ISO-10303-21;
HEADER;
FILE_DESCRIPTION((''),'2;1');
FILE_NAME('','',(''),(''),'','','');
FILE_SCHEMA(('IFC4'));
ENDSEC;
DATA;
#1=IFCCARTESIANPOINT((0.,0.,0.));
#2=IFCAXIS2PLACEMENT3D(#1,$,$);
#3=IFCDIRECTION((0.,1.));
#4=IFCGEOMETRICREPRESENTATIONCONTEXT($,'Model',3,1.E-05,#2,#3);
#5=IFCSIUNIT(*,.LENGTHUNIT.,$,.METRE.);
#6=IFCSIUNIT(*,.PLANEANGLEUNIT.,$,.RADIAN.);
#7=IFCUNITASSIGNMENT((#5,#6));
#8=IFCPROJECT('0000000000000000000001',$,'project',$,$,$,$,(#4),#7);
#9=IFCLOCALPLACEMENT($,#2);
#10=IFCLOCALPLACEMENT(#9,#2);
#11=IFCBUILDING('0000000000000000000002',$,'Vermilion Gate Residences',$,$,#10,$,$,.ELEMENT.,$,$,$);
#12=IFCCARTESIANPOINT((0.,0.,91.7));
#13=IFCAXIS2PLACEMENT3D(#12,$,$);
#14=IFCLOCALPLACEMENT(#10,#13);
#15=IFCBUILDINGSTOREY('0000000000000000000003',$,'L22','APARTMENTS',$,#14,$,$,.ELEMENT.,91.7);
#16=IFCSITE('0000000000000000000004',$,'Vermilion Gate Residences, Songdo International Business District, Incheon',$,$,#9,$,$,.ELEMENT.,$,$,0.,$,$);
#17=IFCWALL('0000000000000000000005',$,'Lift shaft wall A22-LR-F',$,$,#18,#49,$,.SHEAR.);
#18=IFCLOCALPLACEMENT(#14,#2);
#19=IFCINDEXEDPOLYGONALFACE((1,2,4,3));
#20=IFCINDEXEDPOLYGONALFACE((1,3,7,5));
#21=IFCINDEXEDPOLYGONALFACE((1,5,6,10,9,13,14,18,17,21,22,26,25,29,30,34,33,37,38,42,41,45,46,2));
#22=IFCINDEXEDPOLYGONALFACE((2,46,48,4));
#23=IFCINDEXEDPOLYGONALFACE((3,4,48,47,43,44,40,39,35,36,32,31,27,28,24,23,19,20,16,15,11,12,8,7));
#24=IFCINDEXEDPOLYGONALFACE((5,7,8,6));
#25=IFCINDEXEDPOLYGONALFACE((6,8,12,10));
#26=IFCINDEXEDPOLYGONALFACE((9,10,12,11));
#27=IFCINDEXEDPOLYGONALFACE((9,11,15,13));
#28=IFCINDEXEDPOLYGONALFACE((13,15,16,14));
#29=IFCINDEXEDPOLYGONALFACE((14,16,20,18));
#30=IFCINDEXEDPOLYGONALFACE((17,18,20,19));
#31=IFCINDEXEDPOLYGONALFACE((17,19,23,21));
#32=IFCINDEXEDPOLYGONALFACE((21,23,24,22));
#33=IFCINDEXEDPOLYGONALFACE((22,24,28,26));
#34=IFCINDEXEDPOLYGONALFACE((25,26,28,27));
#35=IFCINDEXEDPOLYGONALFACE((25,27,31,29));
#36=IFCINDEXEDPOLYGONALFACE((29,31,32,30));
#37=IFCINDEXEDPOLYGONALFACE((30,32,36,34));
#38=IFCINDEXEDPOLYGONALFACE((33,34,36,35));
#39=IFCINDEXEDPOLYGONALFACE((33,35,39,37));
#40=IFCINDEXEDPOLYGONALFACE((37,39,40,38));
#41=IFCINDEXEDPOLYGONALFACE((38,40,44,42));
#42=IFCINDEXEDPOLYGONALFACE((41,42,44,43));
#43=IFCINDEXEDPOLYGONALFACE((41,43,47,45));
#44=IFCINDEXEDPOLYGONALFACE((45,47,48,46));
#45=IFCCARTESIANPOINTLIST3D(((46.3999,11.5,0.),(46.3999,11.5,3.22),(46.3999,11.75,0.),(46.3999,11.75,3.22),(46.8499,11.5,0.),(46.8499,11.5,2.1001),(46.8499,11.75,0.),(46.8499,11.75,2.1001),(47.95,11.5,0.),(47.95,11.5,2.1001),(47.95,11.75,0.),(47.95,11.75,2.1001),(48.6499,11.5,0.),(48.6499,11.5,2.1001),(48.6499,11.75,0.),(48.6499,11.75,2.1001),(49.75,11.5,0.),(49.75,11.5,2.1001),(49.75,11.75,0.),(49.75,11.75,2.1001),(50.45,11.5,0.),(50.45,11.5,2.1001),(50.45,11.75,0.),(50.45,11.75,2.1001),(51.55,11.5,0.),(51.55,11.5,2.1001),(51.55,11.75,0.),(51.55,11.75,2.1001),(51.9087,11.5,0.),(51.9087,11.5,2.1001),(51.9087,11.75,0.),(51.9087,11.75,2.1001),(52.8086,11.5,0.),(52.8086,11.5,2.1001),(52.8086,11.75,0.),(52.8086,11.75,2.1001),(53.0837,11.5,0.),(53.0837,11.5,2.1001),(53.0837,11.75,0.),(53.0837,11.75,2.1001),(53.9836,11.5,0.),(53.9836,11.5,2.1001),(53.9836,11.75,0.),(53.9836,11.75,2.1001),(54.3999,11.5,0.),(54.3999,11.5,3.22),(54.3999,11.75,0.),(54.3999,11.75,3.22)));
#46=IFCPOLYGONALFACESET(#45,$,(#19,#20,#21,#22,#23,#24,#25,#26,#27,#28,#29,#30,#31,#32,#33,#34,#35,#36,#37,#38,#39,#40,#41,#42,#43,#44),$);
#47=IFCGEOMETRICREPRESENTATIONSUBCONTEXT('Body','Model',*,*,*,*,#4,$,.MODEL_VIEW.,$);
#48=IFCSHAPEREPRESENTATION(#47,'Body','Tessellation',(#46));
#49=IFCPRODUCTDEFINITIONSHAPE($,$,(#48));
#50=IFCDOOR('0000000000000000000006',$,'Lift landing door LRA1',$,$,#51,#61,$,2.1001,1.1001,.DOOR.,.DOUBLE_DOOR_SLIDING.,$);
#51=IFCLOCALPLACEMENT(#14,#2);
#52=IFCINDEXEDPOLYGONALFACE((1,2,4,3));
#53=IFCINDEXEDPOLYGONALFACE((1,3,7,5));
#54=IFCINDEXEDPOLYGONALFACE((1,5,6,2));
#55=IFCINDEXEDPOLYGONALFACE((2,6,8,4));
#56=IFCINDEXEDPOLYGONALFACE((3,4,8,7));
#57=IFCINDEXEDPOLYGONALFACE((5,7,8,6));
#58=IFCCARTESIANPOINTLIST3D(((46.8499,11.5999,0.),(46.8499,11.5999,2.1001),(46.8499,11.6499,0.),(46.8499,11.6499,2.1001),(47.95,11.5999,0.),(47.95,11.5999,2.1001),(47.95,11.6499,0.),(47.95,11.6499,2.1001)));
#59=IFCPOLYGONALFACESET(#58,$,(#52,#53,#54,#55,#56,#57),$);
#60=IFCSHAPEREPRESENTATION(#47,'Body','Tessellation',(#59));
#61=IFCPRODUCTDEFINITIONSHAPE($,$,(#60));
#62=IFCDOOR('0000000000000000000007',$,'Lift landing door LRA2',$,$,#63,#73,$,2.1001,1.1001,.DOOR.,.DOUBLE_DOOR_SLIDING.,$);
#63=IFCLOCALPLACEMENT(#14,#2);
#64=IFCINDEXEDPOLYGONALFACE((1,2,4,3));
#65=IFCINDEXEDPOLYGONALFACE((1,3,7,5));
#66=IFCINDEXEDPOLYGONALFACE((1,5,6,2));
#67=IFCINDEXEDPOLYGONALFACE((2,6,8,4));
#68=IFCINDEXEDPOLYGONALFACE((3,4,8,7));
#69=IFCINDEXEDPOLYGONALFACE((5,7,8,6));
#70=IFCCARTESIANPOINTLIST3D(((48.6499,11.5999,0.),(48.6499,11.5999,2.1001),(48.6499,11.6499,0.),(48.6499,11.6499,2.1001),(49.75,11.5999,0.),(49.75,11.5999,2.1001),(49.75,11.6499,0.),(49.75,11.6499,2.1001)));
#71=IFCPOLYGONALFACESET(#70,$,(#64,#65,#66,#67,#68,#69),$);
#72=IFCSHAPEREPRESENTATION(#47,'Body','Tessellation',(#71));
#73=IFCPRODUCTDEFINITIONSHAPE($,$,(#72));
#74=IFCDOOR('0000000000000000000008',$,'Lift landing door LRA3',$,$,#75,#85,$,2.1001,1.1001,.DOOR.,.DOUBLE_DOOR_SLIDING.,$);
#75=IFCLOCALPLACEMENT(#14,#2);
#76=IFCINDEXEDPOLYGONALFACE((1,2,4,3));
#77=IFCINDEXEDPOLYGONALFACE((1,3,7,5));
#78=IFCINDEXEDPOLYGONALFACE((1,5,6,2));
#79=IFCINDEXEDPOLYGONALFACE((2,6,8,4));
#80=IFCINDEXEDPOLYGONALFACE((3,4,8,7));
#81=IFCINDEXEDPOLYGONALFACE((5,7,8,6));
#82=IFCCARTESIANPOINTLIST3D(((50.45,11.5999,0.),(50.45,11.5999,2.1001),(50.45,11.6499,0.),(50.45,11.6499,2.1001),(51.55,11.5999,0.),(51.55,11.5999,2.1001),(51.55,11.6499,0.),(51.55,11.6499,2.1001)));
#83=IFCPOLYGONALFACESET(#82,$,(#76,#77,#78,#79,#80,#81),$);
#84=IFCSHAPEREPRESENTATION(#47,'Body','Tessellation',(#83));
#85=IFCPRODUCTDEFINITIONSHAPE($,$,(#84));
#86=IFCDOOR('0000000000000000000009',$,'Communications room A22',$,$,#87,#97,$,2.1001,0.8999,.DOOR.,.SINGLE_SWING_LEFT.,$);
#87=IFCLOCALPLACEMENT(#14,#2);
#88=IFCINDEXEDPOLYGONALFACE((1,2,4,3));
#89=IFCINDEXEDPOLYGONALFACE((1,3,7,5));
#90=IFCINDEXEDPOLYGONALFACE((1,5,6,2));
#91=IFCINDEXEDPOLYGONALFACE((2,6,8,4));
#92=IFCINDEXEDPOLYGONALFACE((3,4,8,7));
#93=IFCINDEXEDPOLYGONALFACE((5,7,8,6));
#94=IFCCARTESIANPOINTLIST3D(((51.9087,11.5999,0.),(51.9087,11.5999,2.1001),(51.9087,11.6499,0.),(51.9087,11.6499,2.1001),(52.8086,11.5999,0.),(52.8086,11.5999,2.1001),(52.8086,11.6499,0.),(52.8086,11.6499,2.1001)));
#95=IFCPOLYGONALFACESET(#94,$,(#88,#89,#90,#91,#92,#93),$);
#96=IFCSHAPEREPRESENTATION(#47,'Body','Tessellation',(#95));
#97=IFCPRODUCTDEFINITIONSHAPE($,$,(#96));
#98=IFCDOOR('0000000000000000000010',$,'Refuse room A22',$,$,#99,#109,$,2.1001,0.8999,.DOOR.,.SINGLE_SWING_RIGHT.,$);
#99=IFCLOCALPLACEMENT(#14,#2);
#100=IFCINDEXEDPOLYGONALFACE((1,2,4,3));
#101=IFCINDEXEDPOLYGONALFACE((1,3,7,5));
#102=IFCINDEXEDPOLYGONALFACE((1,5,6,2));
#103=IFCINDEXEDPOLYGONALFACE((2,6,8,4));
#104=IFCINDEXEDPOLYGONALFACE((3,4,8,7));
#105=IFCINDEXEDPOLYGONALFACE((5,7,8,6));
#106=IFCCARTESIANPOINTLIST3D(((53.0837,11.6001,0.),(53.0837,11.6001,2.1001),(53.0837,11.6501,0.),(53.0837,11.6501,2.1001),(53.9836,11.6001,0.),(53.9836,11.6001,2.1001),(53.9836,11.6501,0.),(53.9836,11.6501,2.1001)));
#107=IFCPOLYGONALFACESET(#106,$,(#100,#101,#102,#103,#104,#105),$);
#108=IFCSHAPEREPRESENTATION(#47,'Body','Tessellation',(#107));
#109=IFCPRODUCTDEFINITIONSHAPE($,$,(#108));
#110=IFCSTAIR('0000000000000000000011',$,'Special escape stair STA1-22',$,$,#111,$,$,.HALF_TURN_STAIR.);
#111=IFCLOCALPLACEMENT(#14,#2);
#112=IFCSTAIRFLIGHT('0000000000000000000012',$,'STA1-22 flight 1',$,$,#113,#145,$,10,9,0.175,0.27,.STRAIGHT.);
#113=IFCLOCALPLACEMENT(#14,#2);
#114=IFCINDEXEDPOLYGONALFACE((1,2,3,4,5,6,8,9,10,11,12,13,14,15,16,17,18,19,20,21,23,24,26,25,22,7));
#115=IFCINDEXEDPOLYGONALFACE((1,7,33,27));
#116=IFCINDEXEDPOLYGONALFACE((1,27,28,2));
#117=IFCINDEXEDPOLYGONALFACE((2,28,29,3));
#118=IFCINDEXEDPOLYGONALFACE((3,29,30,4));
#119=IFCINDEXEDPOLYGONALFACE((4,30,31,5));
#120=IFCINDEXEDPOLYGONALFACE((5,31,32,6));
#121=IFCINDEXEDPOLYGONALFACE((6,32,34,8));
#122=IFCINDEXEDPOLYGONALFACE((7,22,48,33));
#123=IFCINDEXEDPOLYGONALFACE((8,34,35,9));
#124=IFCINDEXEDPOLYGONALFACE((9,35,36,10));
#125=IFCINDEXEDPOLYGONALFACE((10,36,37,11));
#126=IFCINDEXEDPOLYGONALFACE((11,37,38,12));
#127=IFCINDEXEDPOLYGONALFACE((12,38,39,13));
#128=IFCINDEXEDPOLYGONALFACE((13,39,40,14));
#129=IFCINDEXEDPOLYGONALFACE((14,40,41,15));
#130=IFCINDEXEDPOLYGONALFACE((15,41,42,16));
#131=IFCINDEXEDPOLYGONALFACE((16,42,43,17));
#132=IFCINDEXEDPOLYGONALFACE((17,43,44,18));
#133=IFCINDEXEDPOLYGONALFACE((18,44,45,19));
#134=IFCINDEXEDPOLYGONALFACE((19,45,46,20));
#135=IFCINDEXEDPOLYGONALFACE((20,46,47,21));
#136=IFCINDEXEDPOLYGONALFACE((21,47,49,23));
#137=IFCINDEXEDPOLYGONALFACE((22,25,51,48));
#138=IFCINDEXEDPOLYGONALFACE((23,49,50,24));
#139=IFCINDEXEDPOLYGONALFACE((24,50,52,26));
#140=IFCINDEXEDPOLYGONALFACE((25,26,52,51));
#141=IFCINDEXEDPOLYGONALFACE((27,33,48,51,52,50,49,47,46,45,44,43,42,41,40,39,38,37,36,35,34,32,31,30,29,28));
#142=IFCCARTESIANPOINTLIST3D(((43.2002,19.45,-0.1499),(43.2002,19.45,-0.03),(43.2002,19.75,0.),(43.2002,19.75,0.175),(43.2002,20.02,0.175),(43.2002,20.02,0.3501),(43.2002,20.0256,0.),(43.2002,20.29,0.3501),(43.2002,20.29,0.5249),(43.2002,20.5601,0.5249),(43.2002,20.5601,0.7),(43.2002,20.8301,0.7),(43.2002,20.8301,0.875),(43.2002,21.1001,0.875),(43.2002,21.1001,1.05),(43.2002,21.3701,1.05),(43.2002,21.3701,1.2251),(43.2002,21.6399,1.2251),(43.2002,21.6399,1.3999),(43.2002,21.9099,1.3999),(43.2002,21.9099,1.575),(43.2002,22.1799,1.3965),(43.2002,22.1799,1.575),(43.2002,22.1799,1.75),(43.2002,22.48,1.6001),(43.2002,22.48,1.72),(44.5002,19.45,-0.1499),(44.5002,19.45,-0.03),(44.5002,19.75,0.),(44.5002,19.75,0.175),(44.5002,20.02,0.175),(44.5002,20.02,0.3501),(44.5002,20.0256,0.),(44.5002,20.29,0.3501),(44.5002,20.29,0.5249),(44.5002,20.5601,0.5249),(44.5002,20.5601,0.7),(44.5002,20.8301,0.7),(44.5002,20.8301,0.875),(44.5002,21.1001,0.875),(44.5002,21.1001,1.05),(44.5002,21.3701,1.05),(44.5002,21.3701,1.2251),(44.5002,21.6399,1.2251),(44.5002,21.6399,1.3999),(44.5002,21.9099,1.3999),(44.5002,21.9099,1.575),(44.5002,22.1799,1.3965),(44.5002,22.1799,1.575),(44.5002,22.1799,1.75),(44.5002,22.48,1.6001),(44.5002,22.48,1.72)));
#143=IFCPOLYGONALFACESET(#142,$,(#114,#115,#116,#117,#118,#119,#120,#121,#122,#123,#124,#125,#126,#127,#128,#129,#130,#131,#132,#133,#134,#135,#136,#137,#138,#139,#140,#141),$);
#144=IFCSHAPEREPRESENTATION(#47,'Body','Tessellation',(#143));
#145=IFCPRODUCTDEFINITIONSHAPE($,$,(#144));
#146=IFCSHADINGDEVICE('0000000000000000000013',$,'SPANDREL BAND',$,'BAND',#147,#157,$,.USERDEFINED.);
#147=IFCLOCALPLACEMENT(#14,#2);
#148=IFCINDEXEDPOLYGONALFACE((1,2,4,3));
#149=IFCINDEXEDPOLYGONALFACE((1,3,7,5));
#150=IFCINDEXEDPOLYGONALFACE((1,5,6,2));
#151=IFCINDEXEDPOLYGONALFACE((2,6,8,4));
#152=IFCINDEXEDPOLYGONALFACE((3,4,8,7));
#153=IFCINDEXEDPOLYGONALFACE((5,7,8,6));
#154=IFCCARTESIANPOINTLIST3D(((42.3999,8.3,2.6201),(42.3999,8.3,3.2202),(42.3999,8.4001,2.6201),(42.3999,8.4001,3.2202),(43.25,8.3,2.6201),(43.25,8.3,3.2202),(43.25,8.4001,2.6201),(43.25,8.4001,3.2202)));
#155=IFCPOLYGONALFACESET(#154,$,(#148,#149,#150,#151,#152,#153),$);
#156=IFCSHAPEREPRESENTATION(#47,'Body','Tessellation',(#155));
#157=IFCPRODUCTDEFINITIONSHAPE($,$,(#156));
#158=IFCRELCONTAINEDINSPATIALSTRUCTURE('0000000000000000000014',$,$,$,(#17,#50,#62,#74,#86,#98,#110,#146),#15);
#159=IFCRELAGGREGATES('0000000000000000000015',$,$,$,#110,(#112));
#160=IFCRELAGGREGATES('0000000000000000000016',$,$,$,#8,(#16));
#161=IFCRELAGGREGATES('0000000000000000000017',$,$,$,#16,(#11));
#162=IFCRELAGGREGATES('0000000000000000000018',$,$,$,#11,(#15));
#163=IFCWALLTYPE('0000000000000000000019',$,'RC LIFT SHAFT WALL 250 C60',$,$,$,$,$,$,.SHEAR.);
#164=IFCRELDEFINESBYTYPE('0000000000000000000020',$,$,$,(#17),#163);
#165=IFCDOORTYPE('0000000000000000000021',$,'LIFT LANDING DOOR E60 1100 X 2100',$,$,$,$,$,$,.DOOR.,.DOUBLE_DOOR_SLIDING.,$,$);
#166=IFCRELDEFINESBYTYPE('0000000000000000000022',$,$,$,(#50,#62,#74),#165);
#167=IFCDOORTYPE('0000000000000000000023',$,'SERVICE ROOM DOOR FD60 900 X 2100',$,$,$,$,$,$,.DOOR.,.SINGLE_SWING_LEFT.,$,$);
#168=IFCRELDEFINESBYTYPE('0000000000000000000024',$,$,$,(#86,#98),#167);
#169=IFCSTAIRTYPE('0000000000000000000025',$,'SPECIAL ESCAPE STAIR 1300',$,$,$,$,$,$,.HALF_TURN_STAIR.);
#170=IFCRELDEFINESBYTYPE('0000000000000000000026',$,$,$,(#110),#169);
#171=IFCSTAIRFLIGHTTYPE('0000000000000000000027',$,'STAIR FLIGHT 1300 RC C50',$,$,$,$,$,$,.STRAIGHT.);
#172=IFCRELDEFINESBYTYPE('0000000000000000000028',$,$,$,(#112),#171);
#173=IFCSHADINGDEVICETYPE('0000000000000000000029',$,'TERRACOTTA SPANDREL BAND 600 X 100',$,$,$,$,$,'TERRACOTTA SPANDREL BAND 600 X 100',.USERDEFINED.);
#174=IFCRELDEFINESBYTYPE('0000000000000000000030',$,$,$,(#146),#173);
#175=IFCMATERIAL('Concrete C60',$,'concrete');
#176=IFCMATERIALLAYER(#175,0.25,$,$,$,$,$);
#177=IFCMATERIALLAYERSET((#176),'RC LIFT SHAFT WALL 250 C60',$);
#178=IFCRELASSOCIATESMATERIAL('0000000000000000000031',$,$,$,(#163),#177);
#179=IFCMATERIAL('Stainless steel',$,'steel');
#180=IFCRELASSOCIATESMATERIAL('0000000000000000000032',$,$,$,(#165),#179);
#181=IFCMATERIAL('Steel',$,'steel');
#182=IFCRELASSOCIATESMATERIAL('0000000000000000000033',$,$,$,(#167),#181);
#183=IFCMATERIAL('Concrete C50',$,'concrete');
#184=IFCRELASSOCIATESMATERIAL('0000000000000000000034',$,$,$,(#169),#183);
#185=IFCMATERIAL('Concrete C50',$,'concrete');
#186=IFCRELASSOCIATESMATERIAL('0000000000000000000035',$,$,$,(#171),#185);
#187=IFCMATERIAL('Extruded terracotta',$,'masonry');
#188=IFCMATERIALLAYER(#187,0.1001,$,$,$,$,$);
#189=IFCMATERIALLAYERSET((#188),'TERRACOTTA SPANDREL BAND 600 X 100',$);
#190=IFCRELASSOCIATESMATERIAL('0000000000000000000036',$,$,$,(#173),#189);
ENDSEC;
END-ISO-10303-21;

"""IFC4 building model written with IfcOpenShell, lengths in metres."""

from ifc_helpers import new_model, si_unit, direction, frame, frame_2d, origin, origin_2d, place, context, subcontext, project, spatial, polyline, rectangle, outline, extrude, material, layer, layer_set, type_object, element, fill, aggregate, save


model = new_model("IFC4")

# Units and contexts
model_context = context("Model", 3, precision=1e-05, world=origin(), true_north=direction((0.0, 1.0)))
body_context = subcontext(model_context, "Body", "Model", "MODEL_VIEW")
ifc_project = project(units=[si_unit("LENGTHUNIT", "METRE"), si_unit("PLANEANGLEUNIT", "RADIAN")], contexts=[model_context])

# Site, building, storey
site_placement = place(None, origin())
site = spatial("IfcSite", under=ifc_project, at=site_placement, Name="Vermilion Gate Residences, Songdo International Business District, Incheon", CompositionType="ELEMENT", RefElevation=0.0)
building_placement = place(site_placement, origin())
building = spatial("IfcBuilding", under=site, at=building_placement, Name="Vermilion Gate Residences", CompositionType="ELEMENT")
storey_placement = place(building_placement, frame((0.0, 0.0, 91.7)))
storey = spatial("IfcBuildingStorey", under=building, at=storey_placement, Name="L22", Description="APARTMENTS", CompositionType="ELEMENT", Elevation=91.7)

# Wall, openings, doors
ifc_material_1 = material(Name="Concrete C60", Category="concrete")
ifc_layer_1 = layer(ifc_material_1, 0.25)
ifc_layer_set_1 = layer_set([ifc_layer_1], Name="RC LIFT SHAFT WALL 250 C60")
wall_type_1 = type_object("IfcWallType", Name="RC LIFT SHAFT WALL 250 C60", PredefinedType="SHEAR", material=ifc_layer_set_1)
wall_1_placement = place(storey_placement, frame((46.3999, 11.625, 0.0), z_axis=(0.0, 0.0, 1.0), x_axis=(1.0, 0.0, 0.0)))
wall_1 = element("IfcWall", 1, at=wall_1_placement, inside=storey, type_object=wall_type_1, Name="Lift shaft wall A22-LR-F", PredefinedType="SHEAR", context=body_context, shape_type="SweptSolid", body=[
    extrude(rectangle(XDim=8.0, YDim=0.25, at=frame_2d((4.0, 0.0))), origin(), (0.0, 0.0, 1.0), 3.22),
])
opening_1_placement = place(wall_1_placement, frame((0.45, 0.0, 0.0)))
opening_1 = element("IfcOpeningElement", 2, at=opening_1_placement, cuts=wall_1, PredefinedType="OPENING", context=body_context, shape_type="SweptSolid", body=[
    extrude(rectangle(XDim=1.1001, YDim=2.1001, at=frame_2d((0.55, 1.05))), frame((0.0, 0.135, 0.0), z_axis=(0.0, -1.0, 0.0), x_axis=(1.0, 0.0, 0.0)), (0.0, 0.0, 1.0), 0.27),
])
opening_2_placement = place(wall_1_placement, frame((2.25, 0.0, 0.0)))
opening_2 = element("IfcOpeningElement", 3, at=opening_2_placement, cuts=wall_1, PredefinedType="OPENING", context=body_context, shape_type="SweptSolid", body=[
    extrude(rectangle(XDim=1.1001, YDim=2.1001, at=frame_2d((0.55, 1.05))), frame((0.0, 0.135, 0.0), z_axis=(0.0, -1.0, 0.0), x_axis=(1.0, 0.0, 0.0)), (0.0, 0.0, 1.0), 0.27),
])
opening_3_placement = place(wall_1_placement, frame((4.05, 0.0, 0.0)))
opening_3 = element("IfcOpeningElement", 4, at=opening_3_placement, cuts=wall_1, PredefinedType="OPENING", context=body_context, shape_type="SweptSolid", body=[
    extrude(rectangle(XDim=1.1001, YDim=2.1001, at=frame_2d((0.55, 1.05))), frame((0.0, 0.135, 0.0), z_axis=(0.0, -1.0, 0.0), x_axis=(1.0, 0.0, 0.0)), (0.0, 0.0, 1.0), 0.27),
])
opening_4_placement = place(wall_1_placement, frame((5.5088, 0.0, 0.0)))
opening_4 = element("IfcOpeningElement", 5, at=opening_4_placement, cuts=wall_1, PredefinedType="OPENING", context=body_context, shape_type="SweptSolid", body=[
    extrude(rectangle(XDim=0.8999, YDim=2.1001, at=frame_2d((0.45, 1.05))), frame((0.0, 0.135, 0.0), z_axis=(0.0, -1.0, 0.0), x_axis=(1.0, 0.0, 0.0)), (0.0, 0.0, 1.0), 0.27),
])
opening_5_placement = place(wall_1_placement, frame((6.6838, 0.0, 0.0)))
opening_5 = element("IfcOpeningElement", 6, at=opening_5_placement, cuts=wall_1, PredefinedType="OPENING", context=body_context, shape_type="SweptSolid", body=[
    extrude(rectangle(XDim=0.8999, YDim=2.1001, at=frame_2d((0.45, 1.05))), frame((0.0, 0.135, 0.0), z_axis=(0.0, -1.0, 0.0), x_axis=(1.0, 0.0, 0.0)), (0.0, 0.0, 1.0), 0.27),
])
ifc_material_2 = material(Name="Stainless steel", Category="steel")
door_type_1 = type_object("IfcDoorType", Name="LIFT LANDING DOOR E60 1100 X 2100", OperationType="DOUBLE_DOOR_SLIDING", PredefinedType="DOOR", material=ifc_material_2)
door_1_placement = place(opening_1_placement, origin())
door_1 = element("IfcDoor", 7, at=door_1_placement, inside=storey, type_object=door_type_1, Name="Lift landing door LRA1", OperationType="DOUBLE_DOOR_SLIDING", OverallHeight=2.1001, OverallWidth=1.1001, PredefinedType="DOOR", context=body_context, shape_type="SweptSolid", body=[
    extrude(rectangle(XDim=1.1001, YDim=2.1001, at=frame_2d((0.55, 1.05))), frame((0.0, 0.0249, 0.0), z_axis=(0.0, -1.0, 0.0), x_axis=(1.0, 0.0, 0.0)), (0.0, 0.0, 1.0), 0.05),
])
fill(opening_1, door_1)
door_2_placement = place(opening_2_placement, origin())
door_2 = element("IfcDoor", 8, at=door_2_placement, inside=storey, type_object=door_type_1, Name="Lift landing door LRA2", OperationType="DOUBLE_DOOR_SLIDING", OverallHeight=2.1001, OverallWidth=1.1001, PredefinedType="DOOR", context=body_context, shape_type="SweptSolid", body=[
    extrude(rectangle(XDim=1.1001, YDim=2.1001, at=frame_2d((0.55, 1.05))), frame((0.0, 0.0249, 0.0), z_axis=(0.0, -1.0, 0.0), x_axis=(1.0, 0.0, 0.0)), (0.0, 0.0, 1.0), 0.05),
])
fill(opening_2, door_2)
door_3_placement = place(opening_3_placement, origin())
door_3 = element("IfcDoor", 9, at=door_3_placement, inside=storey, type_object=door_type_1, Name="Lift landing door LRA3", OperationType="DOUBLE_DOOR_SLIDING", OverallHeight=2.1001, OverallWidth=1.1001, PredefinedType="DOOR", context=body_context, shape_type="SweptSolid", body=[
    extrude(rectangle(XDim=1.1001, YDim=2.1001, at=frame_2d((0.55, 1.05))), frame((0.0, 0.0249, 0.0), z_axis=(0.0, -1.0, 0.0), x_axis=(1.0, 0.0, 0.0)), (0.0, 0.0, 1.0), 0.05),
])
fill(opening_3, door_3)
ifc_material_3 = material(Name="Steel", Category="steel")
door_type_2 = type_object("IfcDoorType", Name="SERVICE ROOM DOOR FD60 900 X 2100", OperationType="SINGLE_SWING_LEFT", PredefinedType="DOOR", material=ifc_material_3)
door_4_placement = place(opening_4_placement, origin())
door_4 = element("IfcDoor", 10, at=door_4_placement, inside=storey, type_object=door_type_2, Name="Communications room A22", OperationType="SINGLE_SWING_LEFT", OverallHeight=2.1001, OverallWidth=0.8999, PredefinedType="DOOR", context=body_context, shape_type="SweptSolid", body=[
    extrude(rectangle(XDim=0.8999, YDim=2.1001, at=frame_2d((0.45, 1.05))), frame((0.0, 0.0249, 0.0), z_axis=(0.0, -1.0, 0.0), x_axis=(1.0, 0.0, 0.0)), (0.0, 0.0, 1.0), 0.05),
])
fill(opening_4, door_4)
door_5_placement = place(opening_5_placement, frame((0.8999, 0.0, 0.0), z_axis=(0.0, 0.0, 1.0), x_axis=(-1.0, 0.0, 0.0)))
door_5 = element("IfcDoor", 11, at=door_5_placement, inside=storey, type_object=door_type_2, Name="Refuse room A22", OperationType="SINGLE_SWING_RIGHT", OverallHeight=2.1001, OverallWidth=0.8999, PredefinedType="DOOR", context=body_context, shape_type="SweptSolid", body=[
    extrude(rectangle(XDim=0.8999, YDim=2.1001, at=frame_2d((0.45, 1.05))), frame((0.0, 0.0249, 0.0), z_axis=(0.0, -1.0, 0.0), x_axis=(1.0, 0.0, 0.0)), (0.0, 0.0, 1.0), 0.05),
])
fill(opening_5, door_5)

# Stair, stair flight
ifc_material_4 = material(Name="Concrete C50", Category="concrete")
stair_type = type_object("IfcStairType", Name="SPECIAL ESCAPE STAIR 1300", PredefinedType="HALF_TURN_STAIR", material=ifc_material_4)
stair_placement = place(storey_placement, origin())
stair = element("IfcStair", 12, at=stair_placement, inside=storey, type_object=stair_type, Name="Special escape stair STA1-22", PredefinedType="HALF_TURN_STAIR")
ifc_material_5 = material(Name="Concrete C50", Category="concrete")
stair_flight_type = type_object("IfcStairFlightType", Name="STAIR FLIGHT 1300 RC C50", PredefinedType="STRAIGHT", material=ifc_material_5)
stair_flight_placement = place(storey_placement, frame((43.8501, 19.75, 0.0), z_axis=(0.0, 0.0, 1.0), x_axis=(0.0, 1.0, 0.0)))
stair_flight = element("IfcStairFlight", 13, at=stair_flight_placement, type_object=stair_flight_type, Name="STA1-22 flight 1", NumberOfRisers=10, NumberOfTreads=9, PredefinedType="STRAIGHT", RiserHeight=0.175, TreadLength=0.27, context=body_context, shape_type="SweptSolid", body=[
    extrude(outline(polyline([(-0.3, -0.1499), (-0.3, -0.03), (0.0, 0.0), (0.0, 0.175), (0.27, 0.175), (0.27, 0.3501), (0.54, 0.3501), (0.54, 0.5249), (0.8101, 0.5249), (0.8101, 0.7), (1.0801, 0.7), (1.0801, 0.875), (1.3501, 0.875), (1.3501, 1.05), (1.6201, 1.05), (1.6201, 1.2251), (1.8899, 1.2251), (1.8899, 1.3999), (2.1599, 1.3999), (2.1599, 1.575), (2.4299, 1.575), (2.4299, 1.75), (2.73, 1.72), (2.73, 1.6001), (2.4299, 1.3965), (0.2756, 0.0), (-0.3, -0.1499)])), frame((0.0, 0.6499, 0.0), z_axis=(0.0, -1.0, 0.0), x_axis=(1.0, 0.0, 0.0)), (0.0, 0.0, 1.0), 1.3),
])
aggregate(stair, [stair_flight])

# Shading device
ifc_material_6 = material(Name="Extruded terracotta", Category="masonry")
ifc_layer_2 = layer(ifc_material_6, 0.1001)
ifc_layer_set_2 = layer_set([ifc_layer_2], Name="TERRACOTTA SPANDREL BAND 600 X 100")
shading_device_type = type_object("IfcShadingDeviceType", Name="TERRACOTTA SPANDREL BAND 600 X 100", ElementType="TERRACOTTA SPANDREL BAND 600 X 100", PredefinedType="USERDEFINED", material=ifc_layer_set_2)
shading_device_placement = place(storey_placement, frame((42.825, 8.3501, 2.6201), z_axis=(0.0, 0.0, 1.0), x_axis=(1.0, 0.0, 0.0)))
element("IfcShadingDevice", 14, at=shading_device_placement, inside=storey, type_object=shading_device_type, Name="SPANDREL BAND", ObjectType="BAND", PredefinedType="USERDEFINED", context=body_context, shape_type="SweptSolid", body=[
    extrude(rectangle(XDim=0.8501, YDim=0.1001, at=origin_2d()), origin(), (0.0, 0.0, 1.0), 0.6001),
])

save(model, "model.ifc")
